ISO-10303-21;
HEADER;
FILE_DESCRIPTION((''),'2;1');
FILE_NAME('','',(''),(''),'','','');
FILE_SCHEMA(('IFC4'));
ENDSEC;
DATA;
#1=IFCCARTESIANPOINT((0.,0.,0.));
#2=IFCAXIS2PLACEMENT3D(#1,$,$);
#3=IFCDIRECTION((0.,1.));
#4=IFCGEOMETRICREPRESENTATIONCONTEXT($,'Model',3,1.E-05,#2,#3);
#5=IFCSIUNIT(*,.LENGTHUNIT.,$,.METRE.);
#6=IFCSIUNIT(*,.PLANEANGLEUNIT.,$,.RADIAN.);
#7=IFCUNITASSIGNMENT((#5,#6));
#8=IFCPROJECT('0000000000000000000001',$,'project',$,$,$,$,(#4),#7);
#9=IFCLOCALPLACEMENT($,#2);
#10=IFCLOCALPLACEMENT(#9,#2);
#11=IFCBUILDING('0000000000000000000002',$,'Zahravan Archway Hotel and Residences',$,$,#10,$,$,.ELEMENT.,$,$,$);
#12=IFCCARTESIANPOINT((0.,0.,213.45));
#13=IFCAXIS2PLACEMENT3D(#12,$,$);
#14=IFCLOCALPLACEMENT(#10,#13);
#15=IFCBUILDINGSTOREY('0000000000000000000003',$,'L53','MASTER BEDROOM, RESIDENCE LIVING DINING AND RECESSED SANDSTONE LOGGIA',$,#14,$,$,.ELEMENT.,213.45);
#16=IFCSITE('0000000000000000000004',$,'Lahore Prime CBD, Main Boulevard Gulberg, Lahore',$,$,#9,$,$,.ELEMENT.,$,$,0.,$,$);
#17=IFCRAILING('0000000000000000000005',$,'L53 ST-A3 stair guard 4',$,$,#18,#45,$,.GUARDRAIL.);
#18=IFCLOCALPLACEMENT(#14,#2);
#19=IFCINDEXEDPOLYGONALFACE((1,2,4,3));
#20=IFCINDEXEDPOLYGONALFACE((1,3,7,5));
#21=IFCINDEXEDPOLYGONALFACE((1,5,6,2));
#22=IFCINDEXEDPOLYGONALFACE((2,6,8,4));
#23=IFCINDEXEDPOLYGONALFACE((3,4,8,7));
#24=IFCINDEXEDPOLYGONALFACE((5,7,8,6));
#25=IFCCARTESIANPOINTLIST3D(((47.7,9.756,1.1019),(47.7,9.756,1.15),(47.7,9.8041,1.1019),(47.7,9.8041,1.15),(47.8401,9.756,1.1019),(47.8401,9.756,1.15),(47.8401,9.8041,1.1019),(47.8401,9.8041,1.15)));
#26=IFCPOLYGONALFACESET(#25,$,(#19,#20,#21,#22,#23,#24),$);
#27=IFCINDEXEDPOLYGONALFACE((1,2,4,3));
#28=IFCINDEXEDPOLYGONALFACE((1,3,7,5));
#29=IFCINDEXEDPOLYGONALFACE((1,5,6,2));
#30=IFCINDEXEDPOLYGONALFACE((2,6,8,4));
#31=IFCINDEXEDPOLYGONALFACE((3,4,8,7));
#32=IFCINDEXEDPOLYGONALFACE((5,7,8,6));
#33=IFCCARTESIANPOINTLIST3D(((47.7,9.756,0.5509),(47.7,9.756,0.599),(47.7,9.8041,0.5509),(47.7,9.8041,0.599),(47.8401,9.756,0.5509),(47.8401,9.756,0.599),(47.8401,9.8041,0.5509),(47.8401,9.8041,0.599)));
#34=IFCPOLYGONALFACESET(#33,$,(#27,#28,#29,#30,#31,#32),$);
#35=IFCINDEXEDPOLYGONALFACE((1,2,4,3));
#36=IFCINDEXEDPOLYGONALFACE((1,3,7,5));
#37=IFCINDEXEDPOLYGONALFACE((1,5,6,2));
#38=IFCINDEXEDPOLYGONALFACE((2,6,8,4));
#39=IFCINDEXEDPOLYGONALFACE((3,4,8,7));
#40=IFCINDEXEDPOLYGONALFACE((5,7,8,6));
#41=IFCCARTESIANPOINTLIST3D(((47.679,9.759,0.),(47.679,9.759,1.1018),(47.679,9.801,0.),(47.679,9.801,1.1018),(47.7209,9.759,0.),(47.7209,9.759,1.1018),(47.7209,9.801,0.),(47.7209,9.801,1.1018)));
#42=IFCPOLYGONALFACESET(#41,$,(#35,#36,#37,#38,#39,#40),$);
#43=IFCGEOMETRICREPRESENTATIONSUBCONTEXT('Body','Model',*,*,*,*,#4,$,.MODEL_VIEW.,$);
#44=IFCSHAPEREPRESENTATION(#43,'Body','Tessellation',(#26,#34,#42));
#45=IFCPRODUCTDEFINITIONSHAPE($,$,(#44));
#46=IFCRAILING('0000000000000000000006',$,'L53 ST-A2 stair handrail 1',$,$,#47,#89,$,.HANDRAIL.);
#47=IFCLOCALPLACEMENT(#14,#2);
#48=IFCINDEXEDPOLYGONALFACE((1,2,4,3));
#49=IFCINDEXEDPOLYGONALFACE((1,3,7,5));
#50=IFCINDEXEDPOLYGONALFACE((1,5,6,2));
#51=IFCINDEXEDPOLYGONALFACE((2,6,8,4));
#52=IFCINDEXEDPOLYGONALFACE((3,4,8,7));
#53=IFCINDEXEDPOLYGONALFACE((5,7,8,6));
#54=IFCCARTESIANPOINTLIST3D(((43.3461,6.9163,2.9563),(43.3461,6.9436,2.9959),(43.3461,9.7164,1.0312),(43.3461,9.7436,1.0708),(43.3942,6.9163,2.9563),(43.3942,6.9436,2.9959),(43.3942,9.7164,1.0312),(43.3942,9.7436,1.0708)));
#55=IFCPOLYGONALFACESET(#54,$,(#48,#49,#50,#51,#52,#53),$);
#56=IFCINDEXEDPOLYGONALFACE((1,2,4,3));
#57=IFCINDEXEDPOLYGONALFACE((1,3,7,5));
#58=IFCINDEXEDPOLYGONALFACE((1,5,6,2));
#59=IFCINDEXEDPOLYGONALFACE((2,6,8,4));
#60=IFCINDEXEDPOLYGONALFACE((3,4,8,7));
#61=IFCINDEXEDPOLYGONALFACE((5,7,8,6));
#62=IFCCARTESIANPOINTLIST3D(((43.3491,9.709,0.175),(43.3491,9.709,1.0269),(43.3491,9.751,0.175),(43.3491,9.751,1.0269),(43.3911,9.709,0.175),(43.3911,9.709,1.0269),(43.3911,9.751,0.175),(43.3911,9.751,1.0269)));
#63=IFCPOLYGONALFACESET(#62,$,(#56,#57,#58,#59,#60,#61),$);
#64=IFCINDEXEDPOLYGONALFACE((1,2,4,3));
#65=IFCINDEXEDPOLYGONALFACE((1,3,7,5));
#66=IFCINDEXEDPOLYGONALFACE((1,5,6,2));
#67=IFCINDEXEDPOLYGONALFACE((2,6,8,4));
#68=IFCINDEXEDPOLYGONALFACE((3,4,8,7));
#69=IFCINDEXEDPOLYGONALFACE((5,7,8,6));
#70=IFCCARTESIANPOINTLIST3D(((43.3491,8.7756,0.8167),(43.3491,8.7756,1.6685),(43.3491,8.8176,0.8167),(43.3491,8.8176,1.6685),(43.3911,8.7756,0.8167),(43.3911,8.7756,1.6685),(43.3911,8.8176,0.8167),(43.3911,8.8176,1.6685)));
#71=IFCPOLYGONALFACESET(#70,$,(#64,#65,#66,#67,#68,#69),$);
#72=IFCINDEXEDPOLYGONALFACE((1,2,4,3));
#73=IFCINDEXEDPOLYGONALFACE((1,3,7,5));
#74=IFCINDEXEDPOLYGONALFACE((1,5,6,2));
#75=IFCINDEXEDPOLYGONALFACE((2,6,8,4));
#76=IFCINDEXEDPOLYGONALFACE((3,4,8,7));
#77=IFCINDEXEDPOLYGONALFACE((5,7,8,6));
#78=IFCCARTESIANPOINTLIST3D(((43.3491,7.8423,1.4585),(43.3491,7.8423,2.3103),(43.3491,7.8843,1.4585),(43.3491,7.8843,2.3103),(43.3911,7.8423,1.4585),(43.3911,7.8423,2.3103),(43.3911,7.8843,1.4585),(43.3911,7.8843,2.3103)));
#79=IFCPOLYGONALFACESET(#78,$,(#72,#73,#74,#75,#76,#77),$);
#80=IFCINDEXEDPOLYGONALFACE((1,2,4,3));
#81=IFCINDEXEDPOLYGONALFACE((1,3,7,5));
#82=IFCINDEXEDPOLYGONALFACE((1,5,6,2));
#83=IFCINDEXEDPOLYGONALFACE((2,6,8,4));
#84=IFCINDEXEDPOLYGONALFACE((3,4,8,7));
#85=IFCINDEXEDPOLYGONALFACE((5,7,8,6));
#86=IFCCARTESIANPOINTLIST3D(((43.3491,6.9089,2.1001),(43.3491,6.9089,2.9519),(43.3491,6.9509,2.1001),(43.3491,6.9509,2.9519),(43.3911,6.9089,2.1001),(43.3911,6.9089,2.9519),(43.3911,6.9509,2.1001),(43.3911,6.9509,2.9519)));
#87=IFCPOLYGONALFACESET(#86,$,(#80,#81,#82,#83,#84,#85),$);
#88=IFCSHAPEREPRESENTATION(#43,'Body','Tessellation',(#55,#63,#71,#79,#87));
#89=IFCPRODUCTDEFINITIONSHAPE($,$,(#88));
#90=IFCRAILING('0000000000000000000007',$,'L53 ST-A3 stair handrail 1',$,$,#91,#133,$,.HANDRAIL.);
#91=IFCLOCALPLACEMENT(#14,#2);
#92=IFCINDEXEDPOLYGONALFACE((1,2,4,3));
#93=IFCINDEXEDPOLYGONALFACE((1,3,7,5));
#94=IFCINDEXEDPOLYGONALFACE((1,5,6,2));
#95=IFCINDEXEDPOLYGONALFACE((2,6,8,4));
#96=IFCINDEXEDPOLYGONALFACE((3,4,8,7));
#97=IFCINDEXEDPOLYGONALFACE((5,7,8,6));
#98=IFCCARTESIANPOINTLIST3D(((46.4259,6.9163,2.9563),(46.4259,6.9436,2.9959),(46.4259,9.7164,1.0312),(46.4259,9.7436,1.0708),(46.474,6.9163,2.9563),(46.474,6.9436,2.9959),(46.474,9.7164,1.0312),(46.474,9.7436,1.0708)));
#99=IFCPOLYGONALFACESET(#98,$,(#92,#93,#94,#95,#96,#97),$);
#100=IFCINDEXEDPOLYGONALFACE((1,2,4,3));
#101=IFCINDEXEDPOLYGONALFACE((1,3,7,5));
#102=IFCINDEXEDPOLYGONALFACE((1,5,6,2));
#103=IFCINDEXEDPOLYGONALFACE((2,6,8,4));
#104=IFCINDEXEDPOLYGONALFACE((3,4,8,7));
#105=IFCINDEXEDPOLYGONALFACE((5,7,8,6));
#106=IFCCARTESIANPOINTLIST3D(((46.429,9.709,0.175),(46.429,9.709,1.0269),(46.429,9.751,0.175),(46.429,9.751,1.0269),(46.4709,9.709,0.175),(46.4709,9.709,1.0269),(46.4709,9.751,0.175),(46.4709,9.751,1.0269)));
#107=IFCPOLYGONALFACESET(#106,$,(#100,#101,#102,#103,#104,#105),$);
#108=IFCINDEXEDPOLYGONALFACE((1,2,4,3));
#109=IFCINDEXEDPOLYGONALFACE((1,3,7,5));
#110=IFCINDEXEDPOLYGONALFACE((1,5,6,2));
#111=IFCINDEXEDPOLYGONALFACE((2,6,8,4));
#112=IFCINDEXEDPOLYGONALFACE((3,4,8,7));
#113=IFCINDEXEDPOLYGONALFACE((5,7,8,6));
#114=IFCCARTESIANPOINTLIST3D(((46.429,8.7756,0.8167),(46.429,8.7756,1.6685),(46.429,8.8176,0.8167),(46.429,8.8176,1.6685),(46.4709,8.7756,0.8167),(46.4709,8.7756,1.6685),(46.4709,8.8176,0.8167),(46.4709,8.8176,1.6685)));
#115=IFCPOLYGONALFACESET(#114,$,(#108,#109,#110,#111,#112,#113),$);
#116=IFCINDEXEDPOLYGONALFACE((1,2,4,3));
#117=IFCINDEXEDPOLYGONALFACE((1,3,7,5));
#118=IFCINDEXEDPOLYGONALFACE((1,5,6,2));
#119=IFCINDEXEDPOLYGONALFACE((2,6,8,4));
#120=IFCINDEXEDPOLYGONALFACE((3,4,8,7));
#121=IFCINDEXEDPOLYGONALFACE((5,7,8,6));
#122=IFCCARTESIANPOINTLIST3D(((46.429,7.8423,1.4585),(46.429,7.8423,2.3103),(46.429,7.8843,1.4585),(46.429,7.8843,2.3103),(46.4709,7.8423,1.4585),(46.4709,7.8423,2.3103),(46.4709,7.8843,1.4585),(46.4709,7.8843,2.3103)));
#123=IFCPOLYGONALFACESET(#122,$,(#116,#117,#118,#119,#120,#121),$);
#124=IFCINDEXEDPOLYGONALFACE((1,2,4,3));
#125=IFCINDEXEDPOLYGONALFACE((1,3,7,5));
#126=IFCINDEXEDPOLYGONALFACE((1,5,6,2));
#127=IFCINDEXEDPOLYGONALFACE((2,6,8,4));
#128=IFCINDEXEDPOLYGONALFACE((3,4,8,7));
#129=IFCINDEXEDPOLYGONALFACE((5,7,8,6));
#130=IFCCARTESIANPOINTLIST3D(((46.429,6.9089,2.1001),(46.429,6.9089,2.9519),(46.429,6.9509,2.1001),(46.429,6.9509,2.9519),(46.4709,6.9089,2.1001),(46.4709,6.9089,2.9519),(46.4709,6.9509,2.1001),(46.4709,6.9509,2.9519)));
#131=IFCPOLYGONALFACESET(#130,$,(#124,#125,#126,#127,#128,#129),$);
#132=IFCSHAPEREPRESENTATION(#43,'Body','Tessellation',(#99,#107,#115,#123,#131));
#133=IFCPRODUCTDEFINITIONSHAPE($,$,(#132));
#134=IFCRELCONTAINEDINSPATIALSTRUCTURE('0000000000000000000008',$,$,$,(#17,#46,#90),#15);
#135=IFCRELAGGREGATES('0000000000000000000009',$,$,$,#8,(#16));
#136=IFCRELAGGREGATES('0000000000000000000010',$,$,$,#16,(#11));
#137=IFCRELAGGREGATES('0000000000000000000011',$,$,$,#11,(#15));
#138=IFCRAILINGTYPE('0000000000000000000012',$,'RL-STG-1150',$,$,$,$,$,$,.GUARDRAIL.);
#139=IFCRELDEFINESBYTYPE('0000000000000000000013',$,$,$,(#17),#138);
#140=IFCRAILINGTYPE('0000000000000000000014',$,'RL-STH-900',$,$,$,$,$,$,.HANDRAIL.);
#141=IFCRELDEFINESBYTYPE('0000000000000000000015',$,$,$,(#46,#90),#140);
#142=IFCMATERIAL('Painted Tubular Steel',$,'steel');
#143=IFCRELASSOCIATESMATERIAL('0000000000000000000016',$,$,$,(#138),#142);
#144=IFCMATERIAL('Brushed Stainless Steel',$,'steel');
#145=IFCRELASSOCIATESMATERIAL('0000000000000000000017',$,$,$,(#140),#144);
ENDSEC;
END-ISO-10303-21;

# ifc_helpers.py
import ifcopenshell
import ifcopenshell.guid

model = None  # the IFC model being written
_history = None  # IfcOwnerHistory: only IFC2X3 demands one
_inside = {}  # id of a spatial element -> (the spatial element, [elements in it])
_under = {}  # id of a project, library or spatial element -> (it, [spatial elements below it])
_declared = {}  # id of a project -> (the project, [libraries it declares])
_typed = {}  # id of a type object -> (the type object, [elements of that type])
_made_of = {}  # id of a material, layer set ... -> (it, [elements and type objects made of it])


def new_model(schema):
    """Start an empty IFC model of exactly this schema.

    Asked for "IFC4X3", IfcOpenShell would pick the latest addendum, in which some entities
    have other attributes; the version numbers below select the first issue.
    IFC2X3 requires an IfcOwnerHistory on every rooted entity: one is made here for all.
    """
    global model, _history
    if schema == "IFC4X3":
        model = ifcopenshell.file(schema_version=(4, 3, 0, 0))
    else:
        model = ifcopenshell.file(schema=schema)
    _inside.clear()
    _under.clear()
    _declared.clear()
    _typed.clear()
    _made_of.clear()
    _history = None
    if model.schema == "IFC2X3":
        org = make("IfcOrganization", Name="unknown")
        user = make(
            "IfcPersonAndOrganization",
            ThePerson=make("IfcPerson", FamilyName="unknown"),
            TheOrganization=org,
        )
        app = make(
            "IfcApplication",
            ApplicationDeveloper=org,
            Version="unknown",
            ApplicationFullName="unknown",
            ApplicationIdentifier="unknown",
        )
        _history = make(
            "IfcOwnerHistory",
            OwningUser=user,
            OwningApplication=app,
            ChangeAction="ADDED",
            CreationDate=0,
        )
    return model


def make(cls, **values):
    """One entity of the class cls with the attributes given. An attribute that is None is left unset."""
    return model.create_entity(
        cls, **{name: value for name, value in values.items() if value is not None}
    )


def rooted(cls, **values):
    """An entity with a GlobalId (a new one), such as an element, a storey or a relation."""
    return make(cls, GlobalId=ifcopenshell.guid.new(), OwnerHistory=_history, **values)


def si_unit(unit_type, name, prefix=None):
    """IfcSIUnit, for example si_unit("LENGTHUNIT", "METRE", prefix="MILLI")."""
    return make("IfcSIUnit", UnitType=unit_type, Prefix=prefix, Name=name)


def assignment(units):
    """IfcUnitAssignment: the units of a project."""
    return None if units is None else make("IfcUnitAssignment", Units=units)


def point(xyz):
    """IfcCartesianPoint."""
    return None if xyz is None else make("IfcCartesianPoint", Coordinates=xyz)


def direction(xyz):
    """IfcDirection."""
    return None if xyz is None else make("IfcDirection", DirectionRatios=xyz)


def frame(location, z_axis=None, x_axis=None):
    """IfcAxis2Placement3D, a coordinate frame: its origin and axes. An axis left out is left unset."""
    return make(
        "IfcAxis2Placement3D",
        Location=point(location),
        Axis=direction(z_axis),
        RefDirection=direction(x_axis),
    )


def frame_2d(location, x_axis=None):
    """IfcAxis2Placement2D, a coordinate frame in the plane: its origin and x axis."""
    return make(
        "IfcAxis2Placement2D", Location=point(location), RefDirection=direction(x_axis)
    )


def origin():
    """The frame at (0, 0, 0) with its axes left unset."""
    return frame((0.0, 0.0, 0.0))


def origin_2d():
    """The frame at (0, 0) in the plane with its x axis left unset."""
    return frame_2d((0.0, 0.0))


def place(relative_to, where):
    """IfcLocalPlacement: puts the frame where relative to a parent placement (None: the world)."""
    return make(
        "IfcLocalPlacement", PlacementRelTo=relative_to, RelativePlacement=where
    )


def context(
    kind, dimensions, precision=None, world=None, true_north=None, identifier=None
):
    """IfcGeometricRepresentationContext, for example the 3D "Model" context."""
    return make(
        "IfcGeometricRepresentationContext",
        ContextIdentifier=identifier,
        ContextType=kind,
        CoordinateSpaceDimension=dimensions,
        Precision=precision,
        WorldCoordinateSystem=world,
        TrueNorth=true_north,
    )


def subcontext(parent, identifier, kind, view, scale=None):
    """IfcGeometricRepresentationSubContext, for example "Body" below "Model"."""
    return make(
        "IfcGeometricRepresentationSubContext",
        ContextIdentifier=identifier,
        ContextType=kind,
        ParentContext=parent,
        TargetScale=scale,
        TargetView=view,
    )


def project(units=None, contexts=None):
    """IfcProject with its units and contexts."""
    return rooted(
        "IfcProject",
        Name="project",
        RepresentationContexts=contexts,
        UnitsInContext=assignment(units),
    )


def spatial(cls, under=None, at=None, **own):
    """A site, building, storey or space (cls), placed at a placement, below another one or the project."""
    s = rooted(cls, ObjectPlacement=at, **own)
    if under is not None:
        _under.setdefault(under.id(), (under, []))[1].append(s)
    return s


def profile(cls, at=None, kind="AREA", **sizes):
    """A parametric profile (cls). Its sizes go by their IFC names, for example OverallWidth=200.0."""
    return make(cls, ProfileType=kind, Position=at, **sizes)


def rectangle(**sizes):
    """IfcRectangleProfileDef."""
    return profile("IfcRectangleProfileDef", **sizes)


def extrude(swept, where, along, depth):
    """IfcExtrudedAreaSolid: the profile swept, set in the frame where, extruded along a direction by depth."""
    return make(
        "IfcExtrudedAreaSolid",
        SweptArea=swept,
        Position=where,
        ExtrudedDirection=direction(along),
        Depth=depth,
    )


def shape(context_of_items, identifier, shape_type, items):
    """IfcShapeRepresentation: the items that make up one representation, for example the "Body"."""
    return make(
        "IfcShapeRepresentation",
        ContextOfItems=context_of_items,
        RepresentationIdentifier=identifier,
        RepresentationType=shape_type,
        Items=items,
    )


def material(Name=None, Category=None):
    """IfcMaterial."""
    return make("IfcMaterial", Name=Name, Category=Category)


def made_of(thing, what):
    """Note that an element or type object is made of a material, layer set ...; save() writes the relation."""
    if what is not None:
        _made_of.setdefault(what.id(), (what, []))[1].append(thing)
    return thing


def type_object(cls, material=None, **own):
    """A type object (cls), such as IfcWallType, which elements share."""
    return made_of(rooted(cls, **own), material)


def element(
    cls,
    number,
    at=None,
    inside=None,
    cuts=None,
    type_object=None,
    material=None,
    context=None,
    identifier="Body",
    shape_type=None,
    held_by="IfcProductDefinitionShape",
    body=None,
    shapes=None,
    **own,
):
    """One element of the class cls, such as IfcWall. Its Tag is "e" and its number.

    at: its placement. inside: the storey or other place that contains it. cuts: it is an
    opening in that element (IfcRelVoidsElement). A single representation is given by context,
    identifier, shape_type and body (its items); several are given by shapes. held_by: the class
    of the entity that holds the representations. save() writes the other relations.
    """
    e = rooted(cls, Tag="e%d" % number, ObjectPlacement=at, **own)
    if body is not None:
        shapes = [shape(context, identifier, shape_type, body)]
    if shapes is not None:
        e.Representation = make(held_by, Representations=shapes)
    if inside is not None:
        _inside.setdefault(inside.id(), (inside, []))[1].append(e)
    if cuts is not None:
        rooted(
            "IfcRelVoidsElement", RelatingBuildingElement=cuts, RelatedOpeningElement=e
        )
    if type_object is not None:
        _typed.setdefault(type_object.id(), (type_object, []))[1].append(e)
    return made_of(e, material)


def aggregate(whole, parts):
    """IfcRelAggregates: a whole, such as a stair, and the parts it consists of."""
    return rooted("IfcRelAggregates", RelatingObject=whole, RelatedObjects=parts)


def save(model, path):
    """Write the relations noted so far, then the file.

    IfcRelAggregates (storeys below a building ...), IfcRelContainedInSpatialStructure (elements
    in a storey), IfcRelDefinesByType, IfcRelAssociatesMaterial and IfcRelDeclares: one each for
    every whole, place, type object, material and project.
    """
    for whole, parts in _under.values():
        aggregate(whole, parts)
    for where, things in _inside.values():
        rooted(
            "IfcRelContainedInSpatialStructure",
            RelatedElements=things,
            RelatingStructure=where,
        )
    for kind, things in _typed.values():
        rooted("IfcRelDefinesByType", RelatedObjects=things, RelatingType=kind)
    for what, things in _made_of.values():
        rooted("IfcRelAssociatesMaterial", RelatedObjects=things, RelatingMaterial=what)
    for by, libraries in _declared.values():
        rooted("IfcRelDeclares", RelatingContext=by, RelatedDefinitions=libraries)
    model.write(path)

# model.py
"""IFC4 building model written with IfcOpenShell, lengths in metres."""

from ifc_helpers import new_model, si_unit, direction, frame, origin, origin_2d, place, context, subcontext, project, spatial, rectangle, extrude, material, type_object, element, save


model = new_model("IFC4")

# Units and contexts
model_context = context("Model", 3, precision=1e-05, world=origin(), true_north=direction((0.0, 1.0)))
body_context = subcontext(model_context, "Body", "Model", "MODEL_VIEW")
ifc_project = project(units=[si_unit("LENGTHUNIT", "METRE"), si_unit("PLANEANGLEUNIT", "RADIAN")], contexts=[model_context])

# Site, building, storey
site_placement = place(None, origin())
site = spatial("IfcSite", under=ifc_project, at=site_placement, Name="Lahore Prime CBD, Main Boulevard Gulberg, Lahore", CompositionType="ELEMENT", RefElevation=0.0)
building_placement = place(site_placement, origin())
building = spatial("IfcBuilding", under=site, at=building_placement, Name="Zahravan Archway Hotel and Residences", CompositionType="ELEMENT")
storey_placement = place(building_placement, frame((0.0, 0.0, 213.45)))
storey = spatial("IfcBuildingStorey", under=building, at=storey_placement, Name="L53", Description="MASTER BEDROOM, RESIDENCE LIVING DINING AND RECESSED SANDSTONE LOGGIA", CompositionType="ELEMENT", Elevation=213.45)

# Shared definitions
ifc_material_1 = material(Name="Brushed Stainless Steel", Category="steel")

# Railings
ifc_material_2 = material(Name="Painted Tubular Steel", Category="steel")
railing_type_1 = type_object("IfcRailingType", Name="RL-STG-1150", PredefinedType="GUARDRAIL", material=ifc_material_2)
railing_1_placement = place(storey_placement, frame((47.7, 9.78, 0.0)))
element("IfcRailing", 1, at=railing_1_placement, inside=storey, type_object=railing_type_1, Name="L53 ST-A3 stair guard 4", PredefinedType="GUARDRAIL", context=body_context, shape_type="SweptSolid", body=[
    extrude(rectangle(XDim=0.0481, YDim=0.0481, at=origin_2d()), frame((0.0, 0.0, 1.126), z_axis=(1.0, 0.0, 0.0), x_axis=(0.0, 1.0, 0.0)), (0.0, 0.0, 1.0), 0.1401),
    extrude(rectangle(XDim=0.0481, YDim=0.0481, at=origin_2d()), frame((0.0, 0.0, 0.575), z_axis=(1.0, 0.0, 0.0), x_axis=(0.0, 1.0, 0.0)), (0.0, 0.0, 1.0), 0.1401),
    extrude(rectangle(XDim=0.042, YDim=0.042, at=origin_2d()), origin(), (0.0, 0.0, 1.0), 1.1018),
])
railing_type_2 = type_object("IfcRailingType", Name="RL-STH-900", PredefinedType="HANDRAIL", material=ifc_material_1)
for number, where, name in (
    (2, (43.3701, 9.73, 0.175), "L53 ST-A2 stair handrail 1"),
    (3, (46.45, 9.73, 0.175), "L53 ST-A3 stair handrail 1"),
):
    element("IfcRailing", number, at=place(storey_placement, frame(where)), inside=storey, type_object=railing_type_2, Name=name, PredefinedType="HANDRAIL", context=body_context, shape_type="SweptSolid", body=[
        extrude(rectangle(XDim=0.0481, YDim=0.0481, at=origin_2d()), frame((0.0, 0.0, 0.876), z_axis=(0.0, -0.82404, 0.566532), x_axis=(1.0, 0.0, 0.0)), (0.0, 0.0, 1.0), 3.3979),
        extrude(rectangle(XDim=0.042, YDim=0.042, at=origin_2d()), origin(), (0.0, 0.0, 1.0), 0.8518),
        extrude(rectangle(XDim=0.042, YDim=0.042, at=origin_2d()), frame((0.0, -0.9333, 0.6416)), (0.0, 0.0, 1.0), 0.8518),
        extrude(rectangle(XDim=0.042, YDim=0.042, at=origin_2d()), frame((0.0, -1.8667, 1.2834)), (0.0, 0.0, 1.0), 0.8518),
        extrude(rectangle(XDim=0.042, YDim=0.042, at=origin_2d()), frame((0.0, -2.8, 1.925)), (0.0, 0.0, 1.0), 0.8518),
    ])

save(model, "model.ifc")
